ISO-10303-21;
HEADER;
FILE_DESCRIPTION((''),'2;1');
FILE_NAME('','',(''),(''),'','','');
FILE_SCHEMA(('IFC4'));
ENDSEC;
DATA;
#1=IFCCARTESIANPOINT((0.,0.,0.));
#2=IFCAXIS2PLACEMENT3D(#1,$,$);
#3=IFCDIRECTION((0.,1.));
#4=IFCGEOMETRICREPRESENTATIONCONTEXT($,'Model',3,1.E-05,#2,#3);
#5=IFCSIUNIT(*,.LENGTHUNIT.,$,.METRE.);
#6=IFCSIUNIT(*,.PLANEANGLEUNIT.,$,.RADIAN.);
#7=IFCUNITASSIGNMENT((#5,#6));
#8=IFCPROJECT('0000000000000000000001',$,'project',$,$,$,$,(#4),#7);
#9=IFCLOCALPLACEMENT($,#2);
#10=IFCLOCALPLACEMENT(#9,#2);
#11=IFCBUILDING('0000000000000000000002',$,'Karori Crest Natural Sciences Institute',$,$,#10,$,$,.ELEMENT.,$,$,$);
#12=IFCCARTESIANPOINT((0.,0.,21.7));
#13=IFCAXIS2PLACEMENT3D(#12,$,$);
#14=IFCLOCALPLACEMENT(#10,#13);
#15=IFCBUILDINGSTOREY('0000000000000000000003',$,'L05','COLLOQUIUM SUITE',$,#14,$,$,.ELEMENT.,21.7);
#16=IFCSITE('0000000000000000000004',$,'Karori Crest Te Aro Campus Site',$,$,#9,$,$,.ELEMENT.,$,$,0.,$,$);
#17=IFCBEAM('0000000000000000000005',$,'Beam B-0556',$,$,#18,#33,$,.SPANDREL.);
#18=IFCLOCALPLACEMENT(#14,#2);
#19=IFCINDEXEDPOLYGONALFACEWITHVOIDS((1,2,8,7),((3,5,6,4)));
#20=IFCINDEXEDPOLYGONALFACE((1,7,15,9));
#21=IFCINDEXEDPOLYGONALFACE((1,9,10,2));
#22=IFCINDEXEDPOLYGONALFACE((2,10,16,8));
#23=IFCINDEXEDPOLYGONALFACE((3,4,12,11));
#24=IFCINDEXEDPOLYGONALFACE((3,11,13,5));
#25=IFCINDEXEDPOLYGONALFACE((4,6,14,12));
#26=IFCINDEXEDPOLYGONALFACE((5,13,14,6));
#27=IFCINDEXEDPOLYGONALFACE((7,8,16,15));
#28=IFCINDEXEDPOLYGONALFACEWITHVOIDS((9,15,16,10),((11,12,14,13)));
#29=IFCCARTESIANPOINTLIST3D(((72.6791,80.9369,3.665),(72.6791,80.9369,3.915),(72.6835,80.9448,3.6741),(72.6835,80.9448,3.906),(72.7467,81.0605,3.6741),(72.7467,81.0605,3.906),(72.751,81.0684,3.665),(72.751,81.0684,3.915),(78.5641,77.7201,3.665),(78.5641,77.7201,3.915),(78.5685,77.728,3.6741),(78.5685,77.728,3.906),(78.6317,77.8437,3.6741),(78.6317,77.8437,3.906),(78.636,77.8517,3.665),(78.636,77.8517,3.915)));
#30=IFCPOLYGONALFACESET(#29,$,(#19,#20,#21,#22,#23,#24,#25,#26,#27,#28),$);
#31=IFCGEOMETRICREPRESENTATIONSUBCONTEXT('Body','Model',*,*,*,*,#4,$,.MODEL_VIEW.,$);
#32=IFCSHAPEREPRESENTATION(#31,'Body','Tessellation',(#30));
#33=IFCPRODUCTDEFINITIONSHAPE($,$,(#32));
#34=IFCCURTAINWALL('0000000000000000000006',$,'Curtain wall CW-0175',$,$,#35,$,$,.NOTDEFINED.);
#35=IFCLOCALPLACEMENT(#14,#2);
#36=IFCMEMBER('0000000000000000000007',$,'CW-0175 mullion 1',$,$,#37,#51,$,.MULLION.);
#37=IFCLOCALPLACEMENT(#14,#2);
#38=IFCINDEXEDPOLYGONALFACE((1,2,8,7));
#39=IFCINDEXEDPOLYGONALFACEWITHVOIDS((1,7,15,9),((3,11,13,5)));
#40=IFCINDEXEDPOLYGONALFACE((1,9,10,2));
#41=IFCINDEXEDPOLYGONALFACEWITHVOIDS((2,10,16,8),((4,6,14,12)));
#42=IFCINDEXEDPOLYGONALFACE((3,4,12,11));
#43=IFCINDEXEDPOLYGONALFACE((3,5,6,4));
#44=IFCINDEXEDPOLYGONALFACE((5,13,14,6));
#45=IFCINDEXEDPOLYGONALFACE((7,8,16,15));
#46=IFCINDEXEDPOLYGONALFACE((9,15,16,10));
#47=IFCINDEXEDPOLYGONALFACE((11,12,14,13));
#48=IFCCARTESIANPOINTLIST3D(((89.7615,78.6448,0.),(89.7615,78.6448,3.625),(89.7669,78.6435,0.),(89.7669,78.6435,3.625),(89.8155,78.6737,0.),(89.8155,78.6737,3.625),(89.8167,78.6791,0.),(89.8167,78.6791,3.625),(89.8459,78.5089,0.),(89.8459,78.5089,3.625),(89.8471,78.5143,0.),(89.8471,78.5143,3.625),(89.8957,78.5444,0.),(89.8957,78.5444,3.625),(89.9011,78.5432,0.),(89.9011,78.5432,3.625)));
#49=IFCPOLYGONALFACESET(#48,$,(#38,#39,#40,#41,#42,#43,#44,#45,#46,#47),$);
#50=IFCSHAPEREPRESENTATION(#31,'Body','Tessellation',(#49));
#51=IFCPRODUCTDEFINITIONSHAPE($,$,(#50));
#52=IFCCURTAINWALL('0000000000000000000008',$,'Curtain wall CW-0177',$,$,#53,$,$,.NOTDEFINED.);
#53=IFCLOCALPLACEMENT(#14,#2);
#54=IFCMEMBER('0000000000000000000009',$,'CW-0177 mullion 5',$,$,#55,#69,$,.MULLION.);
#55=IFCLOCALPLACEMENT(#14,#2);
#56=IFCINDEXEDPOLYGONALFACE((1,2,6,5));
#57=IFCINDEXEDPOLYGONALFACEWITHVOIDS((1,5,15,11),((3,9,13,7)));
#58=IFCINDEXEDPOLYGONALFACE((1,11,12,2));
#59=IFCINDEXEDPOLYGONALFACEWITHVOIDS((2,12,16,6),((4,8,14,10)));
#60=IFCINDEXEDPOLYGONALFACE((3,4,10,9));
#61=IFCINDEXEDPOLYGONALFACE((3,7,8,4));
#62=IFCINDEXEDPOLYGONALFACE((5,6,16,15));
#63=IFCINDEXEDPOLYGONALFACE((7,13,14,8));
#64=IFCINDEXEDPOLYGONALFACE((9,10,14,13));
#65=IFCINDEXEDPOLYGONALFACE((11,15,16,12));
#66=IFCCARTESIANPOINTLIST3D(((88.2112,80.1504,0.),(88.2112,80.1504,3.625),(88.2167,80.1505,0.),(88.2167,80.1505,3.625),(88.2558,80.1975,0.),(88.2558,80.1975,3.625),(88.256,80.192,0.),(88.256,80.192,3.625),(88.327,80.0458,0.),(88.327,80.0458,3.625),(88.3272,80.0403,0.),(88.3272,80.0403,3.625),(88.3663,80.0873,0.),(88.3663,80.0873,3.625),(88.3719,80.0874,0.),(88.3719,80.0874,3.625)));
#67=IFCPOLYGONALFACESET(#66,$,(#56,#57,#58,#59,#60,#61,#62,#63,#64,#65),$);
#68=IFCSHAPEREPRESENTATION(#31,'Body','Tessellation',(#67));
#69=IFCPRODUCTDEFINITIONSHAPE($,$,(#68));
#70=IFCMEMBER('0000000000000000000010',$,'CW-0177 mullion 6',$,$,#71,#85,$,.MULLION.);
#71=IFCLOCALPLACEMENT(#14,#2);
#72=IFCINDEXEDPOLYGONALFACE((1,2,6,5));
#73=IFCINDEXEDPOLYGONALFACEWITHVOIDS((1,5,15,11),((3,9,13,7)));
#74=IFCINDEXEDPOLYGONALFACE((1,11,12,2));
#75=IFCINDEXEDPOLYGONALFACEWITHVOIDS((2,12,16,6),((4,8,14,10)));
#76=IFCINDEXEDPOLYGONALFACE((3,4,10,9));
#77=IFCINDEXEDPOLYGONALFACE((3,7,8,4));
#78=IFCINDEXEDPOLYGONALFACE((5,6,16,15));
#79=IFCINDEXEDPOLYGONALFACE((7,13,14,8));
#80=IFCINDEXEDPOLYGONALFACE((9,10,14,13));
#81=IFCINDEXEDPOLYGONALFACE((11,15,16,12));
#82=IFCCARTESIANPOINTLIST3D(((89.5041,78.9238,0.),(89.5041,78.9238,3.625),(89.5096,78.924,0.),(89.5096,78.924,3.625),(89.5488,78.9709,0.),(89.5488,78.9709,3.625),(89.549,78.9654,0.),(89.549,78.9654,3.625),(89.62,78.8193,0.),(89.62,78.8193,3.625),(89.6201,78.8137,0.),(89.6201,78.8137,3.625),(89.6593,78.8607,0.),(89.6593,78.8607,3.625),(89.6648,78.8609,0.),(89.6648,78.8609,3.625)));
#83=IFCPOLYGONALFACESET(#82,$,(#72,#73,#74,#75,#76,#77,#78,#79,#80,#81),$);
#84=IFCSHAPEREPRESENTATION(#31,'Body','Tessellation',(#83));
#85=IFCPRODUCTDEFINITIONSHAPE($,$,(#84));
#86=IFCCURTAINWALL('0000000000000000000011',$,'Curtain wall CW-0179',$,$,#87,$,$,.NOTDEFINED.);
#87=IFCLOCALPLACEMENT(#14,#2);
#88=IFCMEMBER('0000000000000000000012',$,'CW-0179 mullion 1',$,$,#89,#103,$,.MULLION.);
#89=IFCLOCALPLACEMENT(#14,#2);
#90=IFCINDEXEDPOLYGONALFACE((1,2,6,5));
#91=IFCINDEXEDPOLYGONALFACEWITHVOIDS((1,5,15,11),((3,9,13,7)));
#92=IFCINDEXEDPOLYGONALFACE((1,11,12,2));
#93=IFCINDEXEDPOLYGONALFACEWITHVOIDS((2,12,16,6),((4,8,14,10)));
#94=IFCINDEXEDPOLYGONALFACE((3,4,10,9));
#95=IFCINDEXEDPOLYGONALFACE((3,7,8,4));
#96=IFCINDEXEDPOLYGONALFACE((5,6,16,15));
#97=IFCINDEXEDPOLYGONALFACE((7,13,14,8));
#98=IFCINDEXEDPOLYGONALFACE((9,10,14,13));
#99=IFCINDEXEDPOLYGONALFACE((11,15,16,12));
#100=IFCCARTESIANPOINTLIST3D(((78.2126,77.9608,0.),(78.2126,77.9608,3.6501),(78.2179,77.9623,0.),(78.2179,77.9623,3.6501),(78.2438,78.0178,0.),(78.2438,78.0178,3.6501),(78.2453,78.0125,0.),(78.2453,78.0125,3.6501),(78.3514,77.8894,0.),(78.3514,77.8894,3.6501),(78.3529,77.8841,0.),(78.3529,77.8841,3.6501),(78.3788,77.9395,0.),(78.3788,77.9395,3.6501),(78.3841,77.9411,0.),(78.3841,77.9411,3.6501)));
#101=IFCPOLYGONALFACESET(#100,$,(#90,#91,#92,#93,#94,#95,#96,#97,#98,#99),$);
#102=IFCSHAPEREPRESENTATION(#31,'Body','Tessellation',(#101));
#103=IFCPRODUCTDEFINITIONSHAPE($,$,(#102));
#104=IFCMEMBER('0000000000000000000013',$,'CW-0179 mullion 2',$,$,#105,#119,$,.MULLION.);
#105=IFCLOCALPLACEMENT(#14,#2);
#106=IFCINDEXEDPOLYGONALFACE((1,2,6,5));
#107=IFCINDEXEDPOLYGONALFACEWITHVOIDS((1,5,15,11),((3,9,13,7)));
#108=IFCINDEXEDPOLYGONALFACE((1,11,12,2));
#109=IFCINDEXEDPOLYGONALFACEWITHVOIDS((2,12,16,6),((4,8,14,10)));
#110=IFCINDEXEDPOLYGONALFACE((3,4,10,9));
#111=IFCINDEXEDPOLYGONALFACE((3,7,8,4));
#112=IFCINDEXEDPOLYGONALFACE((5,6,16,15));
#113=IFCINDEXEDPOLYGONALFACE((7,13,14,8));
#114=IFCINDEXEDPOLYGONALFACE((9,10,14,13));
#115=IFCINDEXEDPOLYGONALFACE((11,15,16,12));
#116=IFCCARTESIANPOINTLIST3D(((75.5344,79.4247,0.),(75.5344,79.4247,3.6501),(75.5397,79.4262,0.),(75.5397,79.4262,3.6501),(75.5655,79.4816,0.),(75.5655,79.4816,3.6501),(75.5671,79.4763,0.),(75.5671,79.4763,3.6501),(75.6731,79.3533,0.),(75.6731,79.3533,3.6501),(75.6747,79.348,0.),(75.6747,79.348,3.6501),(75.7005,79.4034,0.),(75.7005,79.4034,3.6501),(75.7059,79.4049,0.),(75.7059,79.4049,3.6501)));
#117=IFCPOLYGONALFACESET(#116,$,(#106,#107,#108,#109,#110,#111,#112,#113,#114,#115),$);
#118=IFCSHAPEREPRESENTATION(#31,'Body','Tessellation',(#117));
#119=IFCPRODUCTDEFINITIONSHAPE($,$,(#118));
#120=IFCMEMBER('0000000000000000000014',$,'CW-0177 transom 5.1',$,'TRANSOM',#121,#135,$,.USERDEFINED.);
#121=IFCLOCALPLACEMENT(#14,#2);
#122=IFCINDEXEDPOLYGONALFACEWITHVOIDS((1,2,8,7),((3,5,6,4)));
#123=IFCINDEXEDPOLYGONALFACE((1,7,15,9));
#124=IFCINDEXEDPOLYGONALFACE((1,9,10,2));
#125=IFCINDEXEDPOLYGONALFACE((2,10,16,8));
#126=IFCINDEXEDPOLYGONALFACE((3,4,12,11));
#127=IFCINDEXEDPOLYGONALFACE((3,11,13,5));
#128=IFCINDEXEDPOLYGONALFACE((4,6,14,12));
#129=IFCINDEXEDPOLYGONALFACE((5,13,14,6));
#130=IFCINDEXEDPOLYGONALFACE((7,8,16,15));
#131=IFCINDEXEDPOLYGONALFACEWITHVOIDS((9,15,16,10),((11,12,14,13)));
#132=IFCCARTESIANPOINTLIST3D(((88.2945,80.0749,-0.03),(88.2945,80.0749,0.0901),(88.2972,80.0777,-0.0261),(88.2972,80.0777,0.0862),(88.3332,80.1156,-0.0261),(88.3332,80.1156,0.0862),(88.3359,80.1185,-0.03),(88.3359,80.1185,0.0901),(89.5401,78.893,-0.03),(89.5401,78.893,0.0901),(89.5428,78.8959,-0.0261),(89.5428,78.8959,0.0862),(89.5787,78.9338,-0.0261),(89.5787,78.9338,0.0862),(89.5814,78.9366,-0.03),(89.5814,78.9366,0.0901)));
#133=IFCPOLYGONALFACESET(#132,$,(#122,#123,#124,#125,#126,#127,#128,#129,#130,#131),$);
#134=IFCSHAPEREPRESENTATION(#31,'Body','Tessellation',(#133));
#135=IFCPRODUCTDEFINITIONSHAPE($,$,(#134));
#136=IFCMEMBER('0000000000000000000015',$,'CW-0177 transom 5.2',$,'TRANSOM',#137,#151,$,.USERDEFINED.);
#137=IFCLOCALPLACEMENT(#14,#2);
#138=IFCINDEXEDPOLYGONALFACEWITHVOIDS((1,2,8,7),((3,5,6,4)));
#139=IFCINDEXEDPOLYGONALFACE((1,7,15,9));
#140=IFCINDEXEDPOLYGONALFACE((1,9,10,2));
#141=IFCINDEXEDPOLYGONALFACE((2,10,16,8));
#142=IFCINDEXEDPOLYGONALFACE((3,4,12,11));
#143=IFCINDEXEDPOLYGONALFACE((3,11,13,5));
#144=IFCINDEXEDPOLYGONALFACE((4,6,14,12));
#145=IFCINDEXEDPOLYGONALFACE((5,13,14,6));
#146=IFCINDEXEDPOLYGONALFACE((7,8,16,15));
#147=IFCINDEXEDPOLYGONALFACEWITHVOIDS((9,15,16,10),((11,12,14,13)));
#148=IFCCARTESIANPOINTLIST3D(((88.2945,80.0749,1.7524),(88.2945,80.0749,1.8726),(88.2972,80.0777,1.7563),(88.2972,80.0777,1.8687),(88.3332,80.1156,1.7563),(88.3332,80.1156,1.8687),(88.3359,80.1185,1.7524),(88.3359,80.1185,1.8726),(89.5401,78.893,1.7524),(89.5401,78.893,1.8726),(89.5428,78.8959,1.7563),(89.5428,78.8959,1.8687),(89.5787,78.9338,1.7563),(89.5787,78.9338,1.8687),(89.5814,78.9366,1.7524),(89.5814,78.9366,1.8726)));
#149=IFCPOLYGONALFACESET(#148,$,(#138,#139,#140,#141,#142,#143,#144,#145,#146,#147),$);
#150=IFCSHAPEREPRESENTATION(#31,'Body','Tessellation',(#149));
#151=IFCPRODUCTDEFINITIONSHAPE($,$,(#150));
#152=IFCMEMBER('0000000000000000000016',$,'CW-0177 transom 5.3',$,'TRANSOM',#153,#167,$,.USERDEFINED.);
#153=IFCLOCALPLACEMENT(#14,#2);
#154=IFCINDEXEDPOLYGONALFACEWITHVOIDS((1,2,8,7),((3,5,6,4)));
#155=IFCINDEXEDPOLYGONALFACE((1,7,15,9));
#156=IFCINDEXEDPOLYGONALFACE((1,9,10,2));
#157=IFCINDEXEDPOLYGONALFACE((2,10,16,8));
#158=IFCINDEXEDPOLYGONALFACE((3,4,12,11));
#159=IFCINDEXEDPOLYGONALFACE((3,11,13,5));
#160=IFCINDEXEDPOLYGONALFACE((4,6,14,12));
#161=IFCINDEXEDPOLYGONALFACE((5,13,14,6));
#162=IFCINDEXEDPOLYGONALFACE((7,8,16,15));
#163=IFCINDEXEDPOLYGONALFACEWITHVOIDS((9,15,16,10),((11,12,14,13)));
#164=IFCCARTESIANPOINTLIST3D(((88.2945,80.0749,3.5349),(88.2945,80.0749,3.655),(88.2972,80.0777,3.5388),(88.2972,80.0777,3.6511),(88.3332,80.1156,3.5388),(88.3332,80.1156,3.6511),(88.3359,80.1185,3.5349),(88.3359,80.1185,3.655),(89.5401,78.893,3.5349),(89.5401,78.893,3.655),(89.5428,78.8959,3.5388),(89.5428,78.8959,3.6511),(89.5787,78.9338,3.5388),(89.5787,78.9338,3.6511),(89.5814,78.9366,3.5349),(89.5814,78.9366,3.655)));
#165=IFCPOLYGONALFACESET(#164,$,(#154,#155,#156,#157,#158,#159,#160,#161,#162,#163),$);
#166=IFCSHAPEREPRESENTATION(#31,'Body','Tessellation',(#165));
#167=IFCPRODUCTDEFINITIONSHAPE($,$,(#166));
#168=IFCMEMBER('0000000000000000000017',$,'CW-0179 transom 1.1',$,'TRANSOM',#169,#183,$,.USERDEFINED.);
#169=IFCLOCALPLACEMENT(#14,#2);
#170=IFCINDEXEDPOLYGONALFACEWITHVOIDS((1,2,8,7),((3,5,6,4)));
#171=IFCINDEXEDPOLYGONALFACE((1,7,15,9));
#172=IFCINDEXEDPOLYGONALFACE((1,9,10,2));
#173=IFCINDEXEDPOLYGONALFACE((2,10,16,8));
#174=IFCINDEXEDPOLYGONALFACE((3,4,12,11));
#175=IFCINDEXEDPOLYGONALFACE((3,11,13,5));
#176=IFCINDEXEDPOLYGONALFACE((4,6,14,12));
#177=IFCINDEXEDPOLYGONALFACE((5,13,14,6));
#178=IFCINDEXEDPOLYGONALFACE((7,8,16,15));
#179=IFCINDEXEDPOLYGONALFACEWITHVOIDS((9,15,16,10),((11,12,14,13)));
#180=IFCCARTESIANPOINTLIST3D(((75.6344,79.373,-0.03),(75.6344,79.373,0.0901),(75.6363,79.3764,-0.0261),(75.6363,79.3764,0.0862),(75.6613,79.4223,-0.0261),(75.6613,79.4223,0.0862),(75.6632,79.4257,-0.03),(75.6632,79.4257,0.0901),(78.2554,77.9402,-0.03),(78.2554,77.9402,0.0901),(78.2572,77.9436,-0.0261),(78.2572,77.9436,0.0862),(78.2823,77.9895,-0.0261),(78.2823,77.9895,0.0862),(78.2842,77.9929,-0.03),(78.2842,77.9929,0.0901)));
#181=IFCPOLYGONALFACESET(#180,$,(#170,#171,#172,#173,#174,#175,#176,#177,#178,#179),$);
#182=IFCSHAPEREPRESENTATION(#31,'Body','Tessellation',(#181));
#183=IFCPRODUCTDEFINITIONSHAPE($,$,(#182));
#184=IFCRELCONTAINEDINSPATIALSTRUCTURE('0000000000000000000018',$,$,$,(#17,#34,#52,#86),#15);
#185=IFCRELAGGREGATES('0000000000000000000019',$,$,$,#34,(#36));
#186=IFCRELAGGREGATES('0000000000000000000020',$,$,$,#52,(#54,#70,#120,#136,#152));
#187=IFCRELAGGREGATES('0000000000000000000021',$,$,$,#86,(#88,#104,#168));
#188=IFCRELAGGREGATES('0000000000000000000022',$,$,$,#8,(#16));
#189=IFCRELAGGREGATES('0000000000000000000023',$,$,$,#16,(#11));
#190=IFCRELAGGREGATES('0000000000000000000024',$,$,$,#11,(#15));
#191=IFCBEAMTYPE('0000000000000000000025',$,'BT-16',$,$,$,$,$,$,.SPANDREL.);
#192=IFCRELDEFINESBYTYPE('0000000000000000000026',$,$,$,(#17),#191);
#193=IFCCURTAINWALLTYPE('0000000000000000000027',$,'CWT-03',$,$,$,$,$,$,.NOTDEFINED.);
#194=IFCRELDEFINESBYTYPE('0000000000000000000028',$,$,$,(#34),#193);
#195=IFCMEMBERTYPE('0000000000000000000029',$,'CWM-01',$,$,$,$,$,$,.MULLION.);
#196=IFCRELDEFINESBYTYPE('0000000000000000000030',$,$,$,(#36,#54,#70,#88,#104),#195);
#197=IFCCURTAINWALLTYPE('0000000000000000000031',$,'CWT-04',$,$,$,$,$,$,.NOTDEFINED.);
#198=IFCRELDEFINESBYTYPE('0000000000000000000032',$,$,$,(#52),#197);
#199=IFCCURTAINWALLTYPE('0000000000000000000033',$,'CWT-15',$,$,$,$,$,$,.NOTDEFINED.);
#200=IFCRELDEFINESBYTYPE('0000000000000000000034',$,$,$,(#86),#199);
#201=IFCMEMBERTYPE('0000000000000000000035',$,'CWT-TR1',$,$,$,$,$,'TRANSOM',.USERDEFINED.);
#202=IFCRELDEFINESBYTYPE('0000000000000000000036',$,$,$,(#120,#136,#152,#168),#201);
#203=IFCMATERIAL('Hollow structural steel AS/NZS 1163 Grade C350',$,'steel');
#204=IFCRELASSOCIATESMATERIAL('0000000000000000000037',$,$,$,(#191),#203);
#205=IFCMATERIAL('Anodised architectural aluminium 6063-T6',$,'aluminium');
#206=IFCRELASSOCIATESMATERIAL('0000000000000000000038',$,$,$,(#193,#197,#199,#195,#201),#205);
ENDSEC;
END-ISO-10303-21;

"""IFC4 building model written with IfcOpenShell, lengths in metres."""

from ifc_helpers import new_model, si_unit, direction, frame, origin, origin_2d, place, context, subcontext, project, spatial, hollow_rectangle, extrude, material, material_profile, profile_set, type_object, element, aggregate, save


model = new_model("IFC4")

# Units and contexts
model_context = context("Model", 3, precision=1e-05, world=origin(), true_north=direction((0.0, 1.0)))
body_context = subcontext(model_context, "Body", "Model", "MODEL_VIEW")
ifc_project = project(units=[si_unit("LENGTHUNIT", "METRE"), si_unit("PLANEANGLEUNIT", "RADIAN")], contexts=[model_context])

# Site, building, storey
site_placement = place(None, origin())
site = spatial("IfcSite", under=ifc_project, at=site_placement, Name="Karori Crest Te Aro Campus Site", CompositionType="ELEMENT", RefElevation=0.0)
building_placement = place(site_placement, origin())
building = spatial("IfcBuilding", under=site, at=building_placement, Name="Karori Crest Natural Sciences Institute", CompositionType="ELEMENT")
storey_placement = place(building_placement, frame((0.0, 0.0, 21.7)))
storey = spatial("IfcBuildingStorey", under=building, at=storey_placement, Name="L05", Description="COLLOQUIUM SUITE", CompositionType="ELEMENT", Elevation=21.7)

# Beam
ifc_material_1 = material(Name="Hollow structural steel AS/NZS 1163 Grade C350", Category="steel")
ifc_material_profile_1 = material_profile(ifc_material_1, hollow_rectangle(XDim=0.1499, YDim=0.25, WallThickness=0.009, at=origin_2d()), Name="RHS250x150x9")
ifc_profile_set_1 = profile_set([ifc_material_profile_1], Name="Hollow structural steel AS/NZS 1163 Grade C350")
beam_type_1 = type_object("IfcBeamType", Name="BT-16", PredefinedType="SPANDREL", material=ifc_profile_set_1)
beam_1_placement = place(storey_placement, frame((78.6001, 77.7859, 3.79), z_axis=(-0.87747, 0.479632, 0.0), x_axis=(-0.479632, -0.87747, 0.0)))
element("IfcBeam", 1, at=beam_1_placement, inside=storey, type_object=beam_type_1, Name="Beam B-0556", PredefinedType="SPANDREL", context=body_context, shape_type="SweptSolid", body=[
    extrude(hollow_rectangle(XDim=0.1499, YDim=0.25, WallThickness=0.009, at=origin_2d()), origin(), (0.0, 0.0, 1.0), 6.7068),
])

# Curtain wall, member
ifc_material_2 = material(Name="Anodised architectural aluminium 6063-T6", Category="aluminium")
curtain_wall_type_1 = type_object("IfcCurtainWallType", Name="CWT-03", PredefinedType="NOTDEFINED", material=ifc_material_2)
curtain_wall_1_placement = place(storey_placement, origin())
curtain_wall_1 = element("IfcCurtainWall", 2, at=curtain_wall_1_placement, inside=storey, type_object=curtain_wall_type_1, Name="Curtain wall CW-0175", PredefinedType="NOTDEFINED")
ifc_material_profile_2 = material_profile(ifc_material_2, hollow_rectangle(XDim=0.0649, YDim=0.1599, WallThickness=0.0039, at=origin_2d()), Name="CWM160x65x4")
ifc_profile_set_2 = profile_set([ifc_material_profile_2], Name="Anodised architectural aluminium 6063-T6")
member_type_1 = type_object("IfcMemberType", Name="CWM-01", PredefinedType="MULLION", material=ifc_profile_set_2)
member_1_placement = place(storey_placement, frame((89.8313, 78.594, 0.0), z_axis=(0.0, 0.0, 1.0), x_axis=(0.849662, 0.527328, 0.0)))
member_1 = element("IfcMember", 3, at=member_1_placement, type_object=member_type_1, Name="CW-0175 mullion 1", PredefinedType="MULLION", context=body_context, shape_type="SweptSolid", body=[
    extrude(hollow_rectangle(XDim=0.0649, YDim=0.1599, WallThickness=0.0039, at=origin_2d()), origin(), (0.0, 0.0, 1.0), 3.625),
])
aggregate(curtain_wall_1, [member_1])

# Curtain walls, members
curtain_wall_type_2 = type_object("IfcCurtainWallType", Name="CWT-04", PredefinedType="NOTDEFINED", material=ifc_material_2)
curtain_wall_2_placement = place(storey_placement, origin())
curtain_wall_2 = element("IfcCurtainWall", 4, at=curtain_wall_2_placement, inside=storey, type_object=curtain_wall_type_2, Name="Curtain wall CW-0177", PredefinedType="NOTDEFINED")
member_2_placement = place(storey_placement, frame((88.2915, 80.1189, 0.0), z_axis=(0.0, 0.0, 1.0), x_axis=(0.688252, 0.725471, 0.0)))
member_2 = element("IfcMember", 5, at=member_2_placement, type_object=member_type_1, Name="CW-0177 mullion 5", PredefinedType="MULLION", context=body_context, shape_type="SweptSolid", body=[
    extrude(hollow_rectangle(XDim=0.0649, YDim=0.1599, WallThickness=0.0039, at=origin_2d()), origin(), (0.0, 0.0, 1.0), 3.625),
])
member_3_placement = place(storey_placement, frame((89.5845, 78.8923, 0.0), z_axis=(0.0, 0.0, 1.0), x_axis=(0.688252, 0.725471, 0.0)))
member_3 = element("IfcMember", 6, at=member_3_placement, type_object=member_type_1, Name="CW-0177 mullion 6", PredefinedType="MULLION", context=body_context, shape_type="SweptSolid", body=[
    extrude(hollow_rectangle(XDim=0.0649, YDim=0.1599, WallThickness=0.0039, at=origin_2d()), origin(), (0.0, 0.0, 1.0), 3.625),
])
curtain_wall_type_3 = type_object("IfcCurtainWallType", Name="CWT-15", PredefinedType="NOTDEFINED", material=ifc_material_2)
curtain_wall_3_placement = place(storey_placement, origin())
curtain_wall_3 = element("IfcCurtainWall", 7, at=curtain_wall_3_placement, inside=storey, type_object=curtain_wall_type_3, Name="Curtain wall CW-0179", PredefinedType="NOTDEFINED")
member_4_placement = place(storey_placement, frame((78.2983, 77.9509, 0.0), z_axis=(0.0, 0.0, 1.0), x_axis=(-0.479631, -0.87747, 0.0)))
member_4 = element("IfcMember", 8, at=member_4_placement, type_object=member_type_1, Name="CW-0179 mullion 1", PredefinedType="MULLION", context=body_context, shape_type="SweptSolid", body=[
    extrude(hollow_rectangle(XDim=0.0649, YDim=0.1599, WallThickness=0.0039, at=origin_2d()), origin(), (0.0, 0.0, 1.0), 3.6501),
])
member_5_placement = place(storey_placement, frame((75.6201, 79.4148, 0.0), z_axis=(0.0, 0.0, 1.0), x_axis=(-0.479631, -0.87747, 0.0)))
member_5 = element("IfcMember", 9, at=member_5_placement, type_object=member_type_1, Name="CW-0179 mullion 2", PredefinedType="MULLION", context=body_context, shape_type="SweptSolid", body=[
    extrude(hollow_rectangle(XDim=0.0649, YDim=0.1599, WallThickness=0.0039, at=origin_2d()), origin(), (0.0, 0.0, 1.0), 3.6501),
])

# Members
ifc_material_profile_3 = material_profile(ifc_material_2, hollow_rectangle(XDim=0.0601, YDim=0.1201, WallThickness=0.0039, at=origin_2d()), Name="CWT120x60x4")
ifc_profile_set_3 = profile_set([ifc_material_profile_3], Name="Anodised architectural aluminium 6063-T6")
member_type_2 = type_object("IfcMemberType", Name="CWT-TR1", ElementType="TRANSOM", PredefinedType="USERDEFINED", material=ifc_profile_set_3)
member_6_placement = place(storey_placement, frame((88.3152, 80.0967, 0.03), z_axis=(0.725418, -0.688308, 0.0), x_axis=(0.688308, 0.725418, 0.0)))
member_6 = element("IfcMember", 10, at=member_6_placement, type_object=member_type_2, Name="CW-0177 transom 5.1", ObjectType="TRANSOM", PredefinedType="USERDEFINED", context=body_context, shape_type="SweptSolid", body=[
    extrude(hollow_rectangle(XDim=0.0601, YDim=0.1201, WallThickness=0.0039, at=origin_2d()), origin(), (0.0, 0.0, 1.0), 1.717),
])
member_7_placement = place(storey_placement, frame((88.3152, 80.0967, 1.8125), z_axis=(0.725418, -0.688308, 0.0), x_axis=(0.688308, 0.725418, 0.0)))
member_7 = element("IfcMember", 11, at=member_7_placement, type_object=member_type_2, Name="CW-0177 transom 5.2", ObjectType="TRANSOM", PredefinedType="USERDEFINED", context=body_context, shape_type="SweptSolid", body=[
    extrude(hollow_rectangle(XDim=0.0601, YDim=0.1201, WallThickness=0.0039, at=origin_2d()), origin(), (0.0, 0.0, 1.0), 1.717),
])
member_8_placement = place(storey_placement, frame((88.3152, 80.0967, 3.595), z_axis=(0.725418, -0.688308, 0.0), x_axis=(0.688308, 0.725418, 0.0)))
member_8 = element("IfcMember", 12, at=member_8_placement, type_object=member_type_2, Name="CW-0177 transom 5.3", ObjectType="TRANSOM", PredefinedType="USERDEFINED", context=body_context, shape_type="SweptSolid", body=[
    extrude(hollow_rectangle(XDim=0.0601, YDim=0.1201, WallThickness=0.0039, at=origin_2d()), origin(), (0.0, 0.0, 1.0), 1.717),
])
member_9_placement = place(storey_placement, frame((78.2698, 77.9666, 0.03), z_axis=(-0.877449, 0.479671, 0.0), x_axis=(-0.479671, -0.877449, 0.0)))
member_9 = element("IfcMember", 13, at=member_9_placement, type_object=member_type_2, Name="CW-0179 transom 1.1", ObjectType="TRANSOM", PredefinedType="USERDEFINED", context=body_context, shape_type="SweptSolid", body=[
    extrude(hollow_rectangle(XDim=0.0601, YDim=0.1201, WallThickness=0.0039, at=origin_2d()), origin(), (0.0, 0.0, 1.0), 2.9871),
])

aggregate(curtain_wall_2, [member_2, member_3, member_6, member_7, member_8])
aggregate(curtain_wall_3, [member_4, member_5, member_9])

save(model, "model.ifc")
